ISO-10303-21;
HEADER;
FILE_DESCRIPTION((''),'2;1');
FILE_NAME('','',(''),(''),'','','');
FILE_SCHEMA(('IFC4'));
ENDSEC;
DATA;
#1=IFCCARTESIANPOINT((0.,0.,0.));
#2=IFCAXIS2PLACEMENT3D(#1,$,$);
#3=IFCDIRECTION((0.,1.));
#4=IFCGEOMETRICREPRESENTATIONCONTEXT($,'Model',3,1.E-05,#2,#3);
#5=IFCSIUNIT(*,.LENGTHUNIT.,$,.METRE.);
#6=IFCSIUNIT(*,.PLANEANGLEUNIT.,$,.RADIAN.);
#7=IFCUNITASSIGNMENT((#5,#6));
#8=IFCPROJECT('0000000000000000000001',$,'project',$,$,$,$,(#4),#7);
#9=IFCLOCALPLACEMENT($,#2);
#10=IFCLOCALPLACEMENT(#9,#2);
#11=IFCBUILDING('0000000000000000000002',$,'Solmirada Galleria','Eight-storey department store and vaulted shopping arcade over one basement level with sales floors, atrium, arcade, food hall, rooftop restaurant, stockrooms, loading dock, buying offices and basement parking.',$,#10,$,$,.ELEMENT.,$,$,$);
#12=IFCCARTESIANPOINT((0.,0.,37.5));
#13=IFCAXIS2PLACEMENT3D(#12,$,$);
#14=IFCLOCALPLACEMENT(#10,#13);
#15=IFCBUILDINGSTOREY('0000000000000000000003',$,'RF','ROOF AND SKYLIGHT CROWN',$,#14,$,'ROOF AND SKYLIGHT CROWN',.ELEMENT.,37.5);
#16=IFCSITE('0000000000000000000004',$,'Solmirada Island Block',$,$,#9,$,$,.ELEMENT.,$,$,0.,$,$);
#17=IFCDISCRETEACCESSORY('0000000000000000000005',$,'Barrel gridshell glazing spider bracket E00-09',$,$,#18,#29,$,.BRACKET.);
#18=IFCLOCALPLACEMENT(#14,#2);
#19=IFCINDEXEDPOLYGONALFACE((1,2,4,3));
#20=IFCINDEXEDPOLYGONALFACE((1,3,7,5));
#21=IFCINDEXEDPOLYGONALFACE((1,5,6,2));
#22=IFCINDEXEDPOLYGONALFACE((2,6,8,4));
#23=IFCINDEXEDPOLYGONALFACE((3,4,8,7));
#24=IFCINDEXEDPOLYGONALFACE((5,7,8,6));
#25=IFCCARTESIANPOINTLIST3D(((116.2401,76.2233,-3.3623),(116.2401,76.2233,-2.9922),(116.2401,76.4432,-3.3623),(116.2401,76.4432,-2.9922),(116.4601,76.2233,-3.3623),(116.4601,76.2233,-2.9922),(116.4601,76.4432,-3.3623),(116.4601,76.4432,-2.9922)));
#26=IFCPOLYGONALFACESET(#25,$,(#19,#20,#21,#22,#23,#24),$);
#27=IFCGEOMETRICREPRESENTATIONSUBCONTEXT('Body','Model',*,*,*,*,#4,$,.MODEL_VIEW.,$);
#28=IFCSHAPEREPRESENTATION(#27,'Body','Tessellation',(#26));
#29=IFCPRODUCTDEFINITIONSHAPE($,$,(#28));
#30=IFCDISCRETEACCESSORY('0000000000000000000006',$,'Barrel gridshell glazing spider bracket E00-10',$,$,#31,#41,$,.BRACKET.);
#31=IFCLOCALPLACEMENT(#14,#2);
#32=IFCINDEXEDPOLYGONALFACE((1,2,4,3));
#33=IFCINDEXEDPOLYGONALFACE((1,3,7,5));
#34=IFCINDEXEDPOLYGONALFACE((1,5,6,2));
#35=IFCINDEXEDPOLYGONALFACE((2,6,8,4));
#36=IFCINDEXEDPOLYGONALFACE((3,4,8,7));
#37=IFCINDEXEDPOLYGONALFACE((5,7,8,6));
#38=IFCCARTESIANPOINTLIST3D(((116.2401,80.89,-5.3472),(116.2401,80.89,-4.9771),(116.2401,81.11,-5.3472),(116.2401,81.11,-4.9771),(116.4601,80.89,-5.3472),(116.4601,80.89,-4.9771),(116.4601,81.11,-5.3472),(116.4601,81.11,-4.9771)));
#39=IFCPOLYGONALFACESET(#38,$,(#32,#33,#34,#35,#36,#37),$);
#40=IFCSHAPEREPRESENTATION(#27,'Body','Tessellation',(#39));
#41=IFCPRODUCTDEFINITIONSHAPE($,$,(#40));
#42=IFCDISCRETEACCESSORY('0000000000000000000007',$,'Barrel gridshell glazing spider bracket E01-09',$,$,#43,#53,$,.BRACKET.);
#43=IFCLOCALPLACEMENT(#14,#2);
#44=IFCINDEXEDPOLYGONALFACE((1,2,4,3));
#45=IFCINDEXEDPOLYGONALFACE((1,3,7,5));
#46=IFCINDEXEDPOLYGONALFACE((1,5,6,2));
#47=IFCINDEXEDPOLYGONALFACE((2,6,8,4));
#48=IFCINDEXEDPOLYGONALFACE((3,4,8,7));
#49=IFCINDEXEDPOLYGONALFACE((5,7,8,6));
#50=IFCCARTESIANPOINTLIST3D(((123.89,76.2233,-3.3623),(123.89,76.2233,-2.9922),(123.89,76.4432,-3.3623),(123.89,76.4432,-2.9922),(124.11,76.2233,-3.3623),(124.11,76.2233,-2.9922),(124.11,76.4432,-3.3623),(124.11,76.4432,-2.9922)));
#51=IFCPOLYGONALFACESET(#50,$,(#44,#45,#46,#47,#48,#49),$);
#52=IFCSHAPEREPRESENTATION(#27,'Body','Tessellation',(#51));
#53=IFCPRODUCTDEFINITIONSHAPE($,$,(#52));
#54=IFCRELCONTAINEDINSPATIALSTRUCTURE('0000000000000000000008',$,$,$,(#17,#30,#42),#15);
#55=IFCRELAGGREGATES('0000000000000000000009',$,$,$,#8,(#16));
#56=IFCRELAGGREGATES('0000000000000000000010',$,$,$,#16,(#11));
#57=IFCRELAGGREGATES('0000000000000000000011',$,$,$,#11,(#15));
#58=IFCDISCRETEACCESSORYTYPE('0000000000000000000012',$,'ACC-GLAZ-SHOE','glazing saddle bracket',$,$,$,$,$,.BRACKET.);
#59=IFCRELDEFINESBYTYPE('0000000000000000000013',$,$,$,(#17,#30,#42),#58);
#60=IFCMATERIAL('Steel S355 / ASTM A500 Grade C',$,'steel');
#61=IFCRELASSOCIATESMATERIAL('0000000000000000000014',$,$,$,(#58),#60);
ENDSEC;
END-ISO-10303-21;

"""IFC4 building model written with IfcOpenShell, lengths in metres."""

from ifc_helpers import new_model, si_unit, direction, frame, origin, origin_2d, place, context, subcontext, project, spatial, rectangle, extrude, material, type_object, element, save


model = new_model("IFC4")

# Units and contexts
model_context = context("Model", 3, precision=1e-05, world=origin(), true_north=direction((0.0, 1.0)))
body_context = subcontext(model_context, "Body", "Model", "MODEL_VIEW")
ifc_project = project(units=[si_unit("LENGTHUNIT", "METRE"), si_unit("PLANEANGLEUNIT", "RADIAN")], contexts=[model_context])

# Site, building, storey
site_placement = place(None, origin())
site = spatial("IfcSite", under=ifc_project, at=site_placement, Name="Solmirada Island Block", CompositionType="ELEMENT", RefElevation=0.0)
building_placement = place(site_placement, origin())
building = spatial("IfcBuilding", under=site, at=building_placement, Name="Solmirada Galleria", Description="Eight-storey department store and vaulted shopping arcade over one basement level with sales floors, atrium, arcade, food hall, rooftop restaurant, stockrooms, loading dock, buying offices and basement parking.", CompositionType="ELEMENT")
storey_placement = place(building_placement, frame((0.0, 0.0, 37.5)))
storey = spatial("IfcBuildingStorey", under=building, at=storey_placement, Name="RF", Description="ROOF AND SKYLIGHT CROWN", LongName="ROOF AND SKYLIGHT CROWN", CompositionType="ELEMENT", Elevation=37.5)

# Shared definitions
ifc_material_1 = material(Name="Steel S355 / ASTM A500 Grade C", Category="steel")

# Discrete accessories
discrete_accessory_type = type_object("IfcDiscreteAccessoryType", Name="ACC-GLAZ-SHOE", Description="glazing saddle bracket", PredefinedType="BRACKET", material=ifc_material_1)
for number, where, z_axis, x_axis, name in (
    (1, (116.3501, 76.3333, -3.3623), (0.0, 0.0, 1.0), (1.0, 0.0, 0.0), "Barrel gridshell glazing spider bracket E00-09"),
    (2, (116.3501, 81.0, -5.3472), (0.0, 0.0, 1.0), (1.0, 0.0, 0.0), "Barrel gridshell glazing spider bracket E00-10"),
    (3, (124.0, 76.3333, -3.3623), (0.0, 0.0, 1.0), (1.0, 0.0, 0.0), "Barrel gridshell glazing spider bracket E01-09"),
):
    element("IfcDiscreteAccessory", number, at=place(storey_placement, frame(where, z_axis=z_axis, x_axis=x_axis)), inside=storey, type_object=discrete_accessory_type, Name=name, PredefinedType="BRACKET", context=body_context, shape_type="SweptSolid", body=[
        extrude(rectangle(XDim=0.22, YDim=0.22, at=origin_2d()), origin(), (0.0, 0.0, 1.0), 0.3701),
    ])

save(model, "model.ifc")
